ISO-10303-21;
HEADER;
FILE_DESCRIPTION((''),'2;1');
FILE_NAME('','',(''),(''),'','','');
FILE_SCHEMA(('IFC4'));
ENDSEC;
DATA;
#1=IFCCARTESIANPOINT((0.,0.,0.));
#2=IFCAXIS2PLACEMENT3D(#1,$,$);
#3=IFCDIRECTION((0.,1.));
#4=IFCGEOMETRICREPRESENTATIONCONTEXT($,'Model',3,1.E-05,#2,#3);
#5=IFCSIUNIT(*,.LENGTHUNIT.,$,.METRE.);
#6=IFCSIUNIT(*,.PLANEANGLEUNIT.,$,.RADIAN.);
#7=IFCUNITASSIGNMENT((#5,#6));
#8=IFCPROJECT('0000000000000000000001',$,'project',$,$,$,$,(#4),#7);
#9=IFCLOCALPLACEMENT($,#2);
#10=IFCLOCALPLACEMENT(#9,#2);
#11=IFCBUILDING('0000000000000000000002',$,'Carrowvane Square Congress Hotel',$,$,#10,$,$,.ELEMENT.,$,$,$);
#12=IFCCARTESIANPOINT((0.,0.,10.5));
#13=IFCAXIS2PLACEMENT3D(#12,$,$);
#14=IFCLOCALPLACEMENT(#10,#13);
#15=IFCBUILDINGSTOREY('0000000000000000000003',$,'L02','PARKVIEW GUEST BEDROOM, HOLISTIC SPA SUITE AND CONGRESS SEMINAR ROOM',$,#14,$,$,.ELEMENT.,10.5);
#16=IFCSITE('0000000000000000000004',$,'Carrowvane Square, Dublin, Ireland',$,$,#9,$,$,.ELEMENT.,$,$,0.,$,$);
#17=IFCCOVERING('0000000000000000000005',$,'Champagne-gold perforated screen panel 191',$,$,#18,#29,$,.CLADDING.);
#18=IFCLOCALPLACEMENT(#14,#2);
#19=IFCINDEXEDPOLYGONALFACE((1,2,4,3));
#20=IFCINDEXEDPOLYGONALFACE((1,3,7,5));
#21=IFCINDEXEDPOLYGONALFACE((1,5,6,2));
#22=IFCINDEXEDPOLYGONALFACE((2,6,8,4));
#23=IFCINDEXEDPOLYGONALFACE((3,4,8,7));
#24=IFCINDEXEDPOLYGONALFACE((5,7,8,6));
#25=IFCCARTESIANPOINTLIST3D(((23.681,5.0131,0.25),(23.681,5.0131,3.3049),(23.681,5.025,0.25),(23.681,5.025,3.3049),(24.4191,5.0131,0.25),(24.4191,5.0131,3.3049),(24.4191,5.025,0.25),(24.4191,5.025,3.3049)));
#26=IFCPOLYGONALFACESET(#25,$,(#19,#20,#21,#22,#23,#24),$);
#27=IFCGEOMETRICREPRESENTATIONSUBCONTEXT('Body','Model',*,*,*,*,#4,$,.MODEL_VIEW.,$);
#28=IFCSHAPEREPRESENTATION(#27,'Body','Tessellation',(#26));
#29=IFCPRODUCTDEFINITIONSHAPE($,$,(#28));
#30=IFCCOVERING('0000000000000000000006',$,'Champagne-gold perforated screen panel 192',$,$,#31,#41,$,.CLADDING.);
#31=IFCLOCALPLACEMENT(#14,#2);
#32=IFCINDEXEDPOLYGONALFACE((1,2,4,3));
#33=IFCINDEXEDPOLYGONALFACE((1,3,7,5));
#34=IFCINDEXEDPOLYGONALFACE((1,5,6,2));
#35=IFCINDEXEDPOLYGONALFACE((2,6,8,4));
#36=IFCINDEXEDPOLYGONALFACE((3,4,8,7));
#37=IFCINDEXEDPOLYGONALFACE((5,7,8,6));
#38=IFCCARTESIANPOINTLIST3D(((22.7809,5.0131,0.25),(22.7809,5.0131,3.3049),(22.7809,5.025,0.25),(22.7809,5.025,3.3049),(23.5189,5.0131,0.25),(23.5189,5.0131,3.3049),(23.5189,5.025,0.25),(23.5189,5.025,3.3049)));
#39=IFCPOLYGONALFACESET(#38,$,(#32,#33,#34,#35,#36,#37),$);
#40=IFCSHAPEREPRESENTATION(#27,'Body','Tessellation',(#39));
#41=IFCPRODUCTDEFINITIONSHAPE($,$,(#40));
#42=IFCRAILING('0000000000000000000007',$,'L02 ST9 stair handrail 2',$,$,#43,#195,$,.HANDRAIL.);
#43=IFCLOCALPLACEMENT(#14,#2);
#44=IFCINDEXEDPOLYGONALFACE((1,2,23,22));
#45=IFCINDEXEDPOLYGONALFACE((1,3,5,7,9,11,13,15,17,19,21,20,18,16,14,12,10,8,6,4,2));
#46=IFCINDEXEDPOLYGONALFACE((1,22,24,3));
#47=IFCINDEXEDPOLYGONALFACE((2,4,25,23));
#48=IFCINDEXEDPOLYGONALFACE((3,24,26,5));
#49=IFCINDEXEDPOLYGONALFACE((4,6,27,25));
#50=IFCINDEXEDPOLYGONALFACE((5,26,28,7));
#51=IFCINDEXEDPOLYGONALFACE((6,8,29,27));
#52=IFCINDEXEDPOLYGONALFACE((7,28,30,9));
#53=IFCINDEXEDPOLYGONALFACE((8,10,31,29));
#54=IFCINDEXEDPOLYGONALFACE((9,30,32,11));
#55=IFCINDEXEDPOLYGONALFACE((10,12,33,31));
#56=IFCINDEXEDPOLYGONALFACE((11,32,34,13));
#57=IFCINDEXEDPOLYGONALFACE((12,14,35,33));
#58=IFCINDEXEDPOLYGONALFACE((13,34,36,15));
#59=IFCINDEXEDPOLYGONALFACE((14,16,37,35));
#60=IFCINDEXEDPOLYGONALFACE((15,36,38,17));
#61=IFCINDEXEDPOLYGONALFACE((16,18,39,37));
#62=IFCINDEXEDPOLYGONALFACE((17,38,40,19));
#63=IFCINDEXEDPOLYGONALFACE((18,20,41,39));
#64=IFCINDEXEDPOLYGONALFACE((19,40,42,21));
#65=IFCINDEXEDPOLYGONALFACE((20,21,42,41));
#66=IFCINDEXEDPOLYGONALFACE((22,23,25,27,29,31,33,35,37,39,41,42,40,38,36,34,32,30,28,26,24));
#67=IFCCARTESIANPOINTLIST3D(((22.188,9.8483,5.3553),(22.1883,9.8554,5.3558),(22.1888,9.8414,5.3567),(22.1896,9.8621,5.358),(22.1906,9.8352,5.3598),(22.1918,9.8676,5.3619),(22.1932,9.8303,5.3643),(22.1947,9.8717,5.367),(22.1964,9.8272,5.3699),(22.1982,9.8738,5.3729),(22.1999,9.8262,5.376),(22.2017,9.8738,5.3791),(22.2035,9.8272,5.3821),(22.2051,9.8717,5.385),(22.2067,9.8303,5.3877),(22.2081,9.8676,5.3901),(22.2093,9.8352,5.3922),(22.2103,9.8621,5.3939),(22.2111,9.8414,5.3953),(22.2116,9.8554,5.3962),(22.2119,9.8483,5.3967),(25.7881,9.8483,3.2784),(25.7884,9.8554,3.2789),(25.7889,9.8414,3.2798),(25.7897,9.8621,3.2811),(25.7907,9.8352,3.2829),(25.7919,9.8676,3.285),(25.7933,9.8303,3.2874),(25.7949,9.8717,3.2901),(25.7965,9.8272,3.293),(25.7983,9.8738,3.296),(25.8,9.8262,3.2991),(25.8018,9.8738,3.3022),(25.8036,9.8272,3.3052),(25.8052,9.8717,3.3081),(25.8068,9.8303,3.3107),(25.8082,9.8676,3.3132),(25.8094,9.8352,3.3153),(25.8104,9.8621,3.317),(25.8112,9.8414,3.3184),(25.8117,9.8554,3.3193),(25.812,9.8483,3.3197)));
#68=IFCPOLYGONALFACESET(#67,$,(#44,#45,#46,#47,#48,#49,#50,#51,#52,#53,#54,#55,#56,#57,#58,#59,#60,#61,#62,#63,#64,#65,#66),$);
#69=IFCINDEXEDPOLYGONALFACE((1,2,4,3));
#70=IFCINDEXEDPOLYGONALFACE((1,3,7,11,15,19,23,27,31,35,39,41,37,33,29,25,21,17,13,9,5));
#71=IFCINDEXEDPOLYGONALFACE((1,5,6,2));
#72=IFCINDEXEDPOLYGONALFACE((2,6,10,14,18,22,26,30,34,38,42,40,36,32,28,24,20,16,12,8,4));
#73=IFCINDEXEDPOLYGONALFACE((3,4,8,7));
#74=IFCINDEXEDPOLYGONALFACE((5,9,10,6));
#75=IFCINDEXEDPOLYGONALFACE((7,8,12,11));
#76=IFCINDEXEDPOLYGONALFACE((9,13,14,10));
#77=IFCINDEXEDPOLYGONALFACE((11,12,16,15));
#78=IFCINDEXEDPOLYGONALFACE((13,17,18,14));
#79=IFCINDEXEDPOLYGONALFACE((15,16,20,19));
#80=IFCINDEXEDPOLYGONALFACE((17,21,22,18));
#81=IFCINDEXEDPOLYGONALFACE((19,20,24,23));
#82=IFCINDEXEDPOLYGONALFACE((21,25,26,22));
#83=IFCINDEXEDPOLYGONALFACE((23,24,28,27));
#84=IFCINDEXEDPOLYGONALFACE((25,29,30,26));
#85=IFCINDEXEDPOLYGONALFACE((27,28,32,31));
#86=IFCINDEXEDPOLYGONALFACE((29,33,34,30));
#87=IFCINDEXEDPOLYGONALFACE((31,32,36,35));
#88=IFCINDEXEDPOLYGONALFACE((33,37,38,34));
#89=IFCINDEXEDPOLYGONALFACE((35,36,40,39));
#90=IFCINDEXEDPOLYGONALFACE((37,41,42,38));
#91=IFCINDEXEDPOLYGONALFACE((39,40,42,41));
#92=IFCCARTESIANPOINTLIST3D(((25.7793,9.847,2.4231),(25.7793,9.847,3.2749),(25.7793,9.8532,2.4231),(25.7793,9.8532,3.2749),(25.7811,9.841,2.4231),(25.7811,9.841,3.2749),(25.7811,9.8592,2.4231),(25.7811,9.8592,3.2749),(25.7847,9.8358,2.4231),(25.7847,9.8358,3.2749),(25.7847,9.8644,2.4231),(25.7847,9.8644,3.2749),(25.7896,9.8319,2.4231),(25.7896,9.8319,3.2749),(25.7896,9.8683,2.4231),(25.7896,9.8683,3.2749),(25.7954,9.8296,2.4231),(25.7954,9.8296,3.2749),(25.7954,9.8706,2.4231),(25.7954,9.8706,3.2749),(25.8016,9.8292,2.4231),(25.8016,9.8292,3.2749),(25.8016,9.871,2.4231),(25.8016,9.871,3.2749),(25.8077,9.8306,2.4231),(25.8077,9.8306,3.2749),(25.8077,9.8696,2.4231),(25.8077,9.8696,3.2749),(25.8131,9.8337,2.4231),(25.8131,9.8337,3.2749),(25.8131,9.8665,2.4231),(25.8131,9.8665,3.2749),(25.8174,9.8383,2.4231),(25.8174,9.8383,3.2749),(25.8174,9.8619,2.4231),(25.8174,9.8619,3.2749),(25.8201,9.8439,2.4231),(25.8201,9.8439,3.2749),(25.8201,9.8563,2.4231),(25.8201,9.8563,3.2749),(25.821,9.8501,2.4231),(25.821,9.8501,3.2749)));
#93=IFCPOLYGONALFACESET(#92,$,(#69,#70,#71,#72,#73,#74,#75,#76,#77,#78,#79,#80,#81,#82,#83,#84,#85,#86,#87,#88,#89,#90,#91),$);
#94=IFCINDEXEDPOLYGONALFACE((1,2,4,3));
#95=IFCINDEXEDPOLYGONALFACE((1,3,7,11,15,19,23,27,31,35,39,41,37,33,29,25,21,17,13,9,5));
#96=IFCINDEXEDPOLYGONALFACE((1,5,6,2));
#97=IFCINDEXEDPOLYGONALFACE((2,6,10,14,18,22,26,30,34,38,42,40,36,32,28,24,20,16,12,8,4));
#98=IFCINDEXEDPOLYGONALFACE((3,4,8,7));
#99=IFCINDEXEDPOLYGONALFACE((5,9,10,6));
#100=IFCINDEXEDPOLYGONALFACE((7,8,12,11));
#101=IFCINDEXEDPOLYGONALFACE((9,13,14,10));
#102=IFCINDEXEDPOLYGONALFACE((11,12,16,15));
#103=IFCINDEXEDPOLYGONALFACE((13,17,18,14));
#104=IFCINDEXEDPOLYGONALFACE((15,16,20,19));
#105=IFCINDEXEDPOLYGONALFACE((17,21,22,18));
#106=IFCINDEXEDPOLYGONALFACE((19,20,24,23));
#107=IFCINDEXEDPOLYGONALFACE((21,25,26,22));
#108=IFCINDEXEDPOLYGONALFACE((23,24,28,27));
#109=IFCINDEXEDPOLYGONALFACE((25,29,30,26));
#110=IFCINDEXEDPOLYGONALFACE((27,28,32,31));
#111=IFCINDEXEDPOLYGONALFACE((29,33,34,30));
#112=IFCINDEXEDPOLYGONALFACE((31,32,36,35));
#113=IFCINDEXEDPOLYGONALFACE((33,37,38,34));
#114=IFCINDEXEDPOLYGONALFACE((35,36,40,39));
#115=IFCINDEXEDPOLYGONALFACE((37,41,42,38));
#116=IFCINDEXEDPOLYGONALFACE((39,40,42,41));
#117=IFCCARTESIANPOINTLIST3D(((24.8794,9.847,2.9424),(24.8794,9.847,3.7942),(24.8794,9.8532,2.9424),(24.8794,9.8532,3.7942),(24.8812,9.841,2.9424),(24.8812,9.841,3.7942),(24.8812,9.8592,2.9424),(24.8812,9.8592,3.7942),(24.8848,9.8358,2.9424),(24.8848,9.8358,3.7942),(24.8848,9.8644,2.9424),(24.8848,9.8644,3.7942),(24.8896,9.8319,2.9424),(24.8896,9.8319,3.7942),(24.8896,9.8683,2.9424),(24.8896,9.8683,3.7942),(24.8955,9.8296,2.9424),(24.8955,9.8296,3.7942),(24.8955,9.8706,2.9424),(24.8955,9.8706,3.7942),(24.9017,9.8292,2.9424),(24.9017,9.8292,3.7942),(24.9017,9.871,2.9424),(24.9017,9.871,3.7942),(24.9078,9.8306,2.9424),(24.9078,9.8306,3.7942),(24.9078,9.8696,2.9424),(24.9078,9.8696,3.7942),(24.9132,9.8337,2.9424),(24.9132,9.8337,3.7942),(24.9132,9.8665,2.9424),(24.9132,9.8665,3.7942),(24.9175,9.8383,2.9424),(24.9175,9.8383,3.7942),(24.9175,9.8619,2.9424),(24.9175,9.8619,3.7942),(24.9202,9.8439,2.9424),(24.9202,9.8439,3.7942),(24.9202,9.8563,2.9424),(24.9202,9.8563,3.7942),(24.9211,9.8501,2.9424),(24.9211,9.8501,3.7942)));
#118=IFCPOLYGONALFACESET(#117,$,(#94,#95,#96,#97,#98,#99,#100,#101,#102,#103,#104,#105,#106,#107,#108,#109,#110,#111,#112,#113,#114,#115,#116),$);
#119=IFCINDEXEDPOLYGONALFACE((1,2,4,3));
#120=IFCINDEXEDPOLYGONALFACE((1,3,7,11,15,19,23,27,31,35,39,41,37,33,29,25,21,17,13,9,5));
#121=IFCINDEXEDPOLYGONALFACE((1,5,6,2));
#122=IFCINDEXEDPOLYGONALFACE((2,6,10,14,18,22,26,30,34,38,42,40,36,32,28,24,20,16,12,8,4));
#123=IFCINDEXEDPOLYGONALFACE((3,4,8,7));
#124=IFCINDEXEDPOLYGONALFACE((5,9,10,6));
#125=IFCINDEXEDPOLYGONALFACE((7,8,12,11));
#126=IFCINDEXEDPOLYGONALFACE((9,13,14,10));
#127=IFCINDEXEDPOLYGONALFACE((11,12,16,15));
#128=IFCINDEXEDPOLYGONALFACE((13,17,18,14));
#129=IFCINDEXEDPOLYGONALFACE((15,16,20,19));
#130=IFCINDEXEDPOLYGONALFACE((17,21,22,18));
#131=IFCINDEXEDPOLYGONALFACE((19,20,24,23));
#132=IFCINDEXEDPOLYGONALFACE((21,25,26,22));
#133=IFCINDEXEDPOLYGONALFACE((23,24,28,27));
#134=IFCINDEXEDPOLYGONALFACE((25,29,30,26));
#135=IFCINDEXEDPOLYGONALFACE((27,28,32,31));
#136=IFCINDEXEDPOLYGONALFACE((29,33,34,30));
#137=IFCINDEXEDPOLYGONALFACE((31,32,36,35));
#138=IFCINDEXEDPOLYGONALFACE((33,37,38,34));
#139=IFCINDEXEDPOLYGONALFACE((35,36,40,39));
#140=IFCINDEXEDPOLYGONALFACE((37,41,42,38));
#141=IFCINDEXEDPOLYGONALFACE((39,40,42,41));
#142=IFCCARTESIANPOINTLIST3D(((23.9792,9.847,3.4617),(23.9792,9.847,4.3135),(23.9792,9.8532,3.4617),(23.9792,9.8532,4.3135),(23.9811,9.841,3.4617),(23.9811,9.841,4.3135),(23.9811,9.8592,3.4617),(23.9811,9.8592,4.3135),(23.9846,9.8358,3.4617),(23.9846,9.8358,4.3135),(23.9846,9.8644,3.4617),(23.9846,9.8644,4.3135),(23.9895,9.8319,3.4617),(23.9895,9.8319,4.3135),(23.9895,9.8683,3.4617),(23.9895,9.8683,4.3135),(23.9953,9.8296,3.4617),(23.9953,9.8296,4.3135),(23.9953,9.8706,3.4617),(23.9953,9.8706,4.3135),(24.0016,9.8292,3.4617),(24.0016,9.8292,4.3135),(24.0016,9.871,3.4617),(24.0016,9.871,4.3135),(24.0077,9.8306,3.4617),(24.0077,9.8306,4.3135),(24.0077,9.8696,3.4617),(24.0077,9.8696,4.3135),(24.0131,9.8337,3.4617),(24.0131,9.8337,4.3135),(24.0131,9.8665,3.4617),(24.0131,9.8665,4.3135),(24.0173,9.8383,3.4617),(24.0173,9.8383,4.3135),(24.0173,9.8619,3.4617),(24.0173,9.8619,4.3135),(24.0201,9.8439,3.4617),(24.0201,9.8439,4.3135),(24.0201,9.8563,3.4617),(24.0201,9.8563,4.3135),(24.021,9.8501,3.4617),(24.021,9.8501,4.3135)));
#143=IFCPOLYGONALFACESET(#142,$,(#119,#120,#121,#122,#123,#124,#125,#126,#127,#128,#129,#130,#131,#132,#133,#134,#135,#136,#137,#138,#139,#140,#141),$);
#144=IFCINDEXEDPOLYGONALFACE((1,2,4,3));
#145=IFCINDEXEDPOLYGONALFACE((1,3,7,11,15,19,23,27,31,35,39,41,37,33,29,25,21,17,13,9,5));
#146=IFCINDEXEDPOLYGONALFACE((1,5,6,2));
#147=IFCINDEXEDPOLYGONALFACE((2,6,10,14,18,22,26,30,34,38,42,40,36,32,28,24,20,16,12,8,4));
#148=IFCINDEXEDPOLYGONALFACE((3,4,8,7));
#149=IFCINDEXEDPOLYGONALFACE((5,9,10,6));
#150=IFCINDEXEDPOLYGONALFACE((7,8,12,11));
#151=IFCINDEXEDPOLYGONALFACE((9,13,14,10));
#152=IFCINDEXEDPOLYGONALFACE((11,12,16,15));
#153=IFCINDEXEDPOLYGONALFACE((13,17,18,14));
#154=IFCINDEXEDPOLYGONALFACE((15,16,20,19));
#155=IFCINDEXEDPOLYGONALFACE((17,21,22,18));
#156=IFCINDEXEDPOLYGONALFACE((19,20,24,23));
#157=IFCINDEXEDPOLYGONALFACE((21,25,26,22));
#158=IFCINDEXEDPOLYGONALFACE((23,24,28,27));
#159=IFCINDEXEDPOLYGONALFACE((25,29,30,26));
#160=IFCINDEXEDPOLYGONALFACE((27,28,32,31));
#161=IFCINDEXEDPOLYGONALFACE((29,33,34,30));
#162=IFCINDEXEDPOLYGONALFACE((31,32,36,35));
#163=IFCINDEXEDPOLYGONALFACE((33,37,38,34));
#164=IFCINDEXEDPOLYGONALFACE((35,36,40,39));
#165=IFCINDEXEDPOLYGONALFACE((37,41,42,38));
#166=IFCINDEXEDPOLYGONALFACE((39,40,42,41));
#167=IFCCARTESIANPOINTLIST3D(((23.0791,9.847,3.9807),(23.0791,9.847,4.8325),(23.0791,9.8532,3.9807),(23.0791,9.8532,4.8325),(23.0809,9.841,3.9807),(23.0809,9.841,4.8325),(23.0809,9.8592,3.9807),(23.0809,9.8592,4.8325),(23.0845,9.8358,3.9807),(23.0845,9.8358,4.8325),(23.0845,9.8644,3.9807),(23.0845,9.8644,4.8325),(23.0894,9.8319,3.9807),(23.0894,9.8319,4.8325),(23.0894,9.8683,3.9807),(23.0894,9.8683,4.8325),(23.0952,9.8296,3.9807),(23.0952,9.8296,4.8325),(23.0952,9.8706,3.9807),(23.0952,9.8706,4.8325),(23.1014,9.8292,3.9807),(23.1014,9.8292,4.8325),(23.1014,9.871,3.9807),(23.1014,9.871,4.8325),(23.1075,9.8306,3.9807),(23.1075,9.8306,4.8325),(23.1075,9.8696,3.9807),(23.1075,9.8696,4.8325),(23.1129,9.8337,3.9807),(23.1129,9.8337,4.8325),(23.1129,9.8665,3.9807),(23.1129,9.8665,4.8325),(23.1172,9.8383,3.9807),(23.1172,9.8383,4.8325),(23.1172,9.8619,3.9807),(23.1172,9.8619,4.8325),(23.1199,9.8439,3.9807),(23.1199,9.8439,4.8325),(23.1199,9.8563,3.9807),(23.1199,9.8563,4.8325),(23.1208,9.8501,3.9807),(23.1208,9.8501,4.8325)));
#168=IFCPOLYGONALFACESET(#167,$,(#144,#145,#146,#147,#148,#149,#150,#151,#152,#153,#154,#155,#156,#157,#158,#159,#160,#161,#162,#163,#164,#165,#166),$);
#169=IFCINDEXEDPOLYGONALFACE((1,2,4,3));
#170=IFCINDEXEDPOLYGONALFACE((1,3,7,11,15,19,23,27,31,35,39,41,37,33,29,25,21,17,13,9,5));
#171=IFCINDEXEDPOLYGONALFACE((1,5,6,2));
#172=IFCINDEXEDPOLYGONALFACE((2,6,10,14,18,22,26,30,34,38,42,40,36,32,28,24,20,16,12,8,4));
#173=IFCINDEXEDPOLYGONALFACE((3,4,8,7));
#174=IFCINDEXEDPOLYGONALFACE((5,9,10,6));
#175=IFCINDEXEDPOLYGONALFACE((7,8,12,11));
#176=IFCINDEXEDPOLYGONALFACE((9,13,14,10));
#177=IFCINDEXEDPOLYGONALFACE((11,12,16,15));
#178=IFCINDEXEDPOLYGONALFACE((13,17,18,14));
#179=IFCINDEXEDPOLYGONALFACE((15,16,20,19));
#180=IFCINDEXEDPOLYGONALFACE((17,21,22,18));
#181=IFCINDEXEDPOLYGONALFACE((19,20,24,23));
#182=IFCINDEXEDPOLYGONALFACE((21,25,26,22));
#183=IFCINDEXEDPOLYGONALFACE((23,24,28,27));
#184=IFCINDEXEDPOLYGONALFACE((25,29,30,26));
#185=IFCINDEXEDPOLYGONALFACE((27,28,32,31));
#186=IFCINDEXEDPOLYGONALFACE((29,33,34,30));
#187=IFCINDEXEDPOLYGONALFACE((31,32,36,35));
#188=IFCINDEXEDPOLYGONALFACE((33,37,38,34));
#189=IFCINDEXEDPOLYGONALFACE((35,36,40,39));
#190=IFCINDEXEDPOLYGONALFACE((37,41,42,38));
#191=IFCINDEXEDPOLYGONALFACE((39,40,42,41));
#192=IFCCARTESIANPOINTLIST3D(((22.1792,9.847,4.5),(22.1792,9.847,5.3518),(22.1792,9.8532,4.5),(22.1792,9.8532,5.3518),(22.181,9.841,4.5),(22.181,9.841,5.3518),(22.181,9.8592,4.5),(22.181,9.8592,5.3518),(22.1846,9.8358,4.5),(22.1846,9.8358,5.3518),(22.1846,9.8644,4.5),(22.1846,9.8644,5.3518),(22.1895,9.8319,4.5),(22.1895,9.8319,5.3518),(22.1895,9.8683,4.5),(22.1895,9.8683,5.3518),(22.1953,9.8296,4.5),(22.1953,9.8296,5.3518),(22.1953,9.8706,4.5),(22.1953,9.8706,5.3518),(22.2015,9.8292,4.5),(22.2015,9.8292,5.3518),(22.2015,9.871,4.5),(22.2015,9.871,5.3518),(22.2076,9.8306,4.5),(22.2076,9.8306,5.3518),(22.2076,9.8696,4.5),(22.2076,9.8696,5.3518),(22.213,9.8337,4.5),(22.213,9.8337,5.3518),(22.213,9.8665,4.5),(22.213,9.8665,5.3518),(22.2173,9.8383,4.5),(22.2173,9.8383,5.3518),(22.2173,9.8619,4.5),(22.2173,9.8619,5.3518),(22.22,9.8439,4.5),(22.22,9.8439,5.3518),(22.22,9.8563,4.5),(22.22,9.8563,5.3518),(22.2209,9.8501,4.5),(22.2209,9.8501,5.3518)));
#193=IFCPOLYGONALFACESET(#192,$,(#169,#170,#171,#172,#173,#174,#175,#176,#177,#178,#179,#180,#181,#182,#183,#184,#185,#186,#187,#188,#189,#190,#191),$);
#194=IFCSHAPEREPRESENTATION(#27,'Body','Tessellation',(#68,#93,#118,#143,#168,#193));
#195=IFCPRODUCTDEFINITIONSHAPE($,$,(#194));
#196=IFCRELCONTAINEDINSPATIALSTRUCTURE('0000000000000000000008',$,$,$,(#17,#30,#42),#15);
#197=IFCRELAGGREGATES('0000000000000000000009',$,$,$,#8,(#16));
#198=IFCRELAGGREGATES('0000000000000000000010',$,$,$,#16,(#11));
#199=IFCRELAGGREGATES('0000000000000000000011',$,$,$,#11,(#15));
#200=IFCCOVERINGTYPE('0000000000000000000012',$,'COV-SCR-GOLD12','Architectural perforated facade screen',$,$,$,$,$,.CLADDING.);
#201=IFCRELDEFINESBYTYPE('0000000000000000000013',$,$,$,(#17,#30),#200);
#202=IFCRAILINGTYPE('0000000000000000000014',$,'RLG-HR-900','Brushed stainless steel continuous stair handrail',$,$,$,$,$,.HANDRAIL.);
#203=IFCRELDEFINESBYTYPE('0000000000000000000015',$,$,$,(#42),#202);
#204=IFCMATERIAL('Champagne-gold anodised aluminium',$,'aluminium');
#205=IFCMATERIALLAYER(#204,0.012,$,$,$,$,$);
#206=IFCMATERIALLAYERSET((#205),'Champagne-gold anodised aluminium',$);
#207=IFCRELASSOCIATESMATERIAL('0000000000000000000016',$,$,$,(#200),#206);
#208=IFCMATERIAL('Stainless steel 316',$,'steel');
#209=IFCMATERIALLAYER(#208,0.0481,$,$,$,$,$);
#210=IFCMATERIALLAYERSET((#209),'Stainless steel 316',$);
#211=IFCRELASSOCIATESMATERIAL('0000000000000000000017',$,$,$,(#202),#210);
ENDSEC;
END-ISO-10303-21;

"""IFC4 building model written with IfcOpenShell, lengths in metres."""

from ifc_helpers import new_model, si_unit, direction, frame, origin, origin_2d, place, context, subcontext, project, spatial, rectangle, circle, extrude, material, layer, layer_set, type_object, element, save


model = new_model("IFC4")

# Units and contexts
model_context = context("Model", 3, precision=1e-05, world=origin(), true_north=direction((0.0, 1.0)))
body_context = subcontext(model_context, "Body", "Model", "MODEL_VIEW")
ifc_project = project(units=[si_unit("LENGTHUNIT", "METRE"), si_unit("PLANEANGLEUNIT", "RADIAN")], contexts=[model_context])

# Site, building, storey
site_placement = place(None, origin())
site = spatial("IfcSite", under=ifc_project, at=site_placement, Name="Carrowvane Square, Dublin, Ireland", CompositionType="ELEMENT", RefElevation=0.0)
building_placement = place(site_placement, origin())
building = spatial("IfcBuilding", under=site, at=building_placement, Name="Carrowvane Square Congress Hotel", CompositionType="ELEMENT")
storey_placement = place(building_placement, frame((0.0, 0.0, 10.5)))
storey = spatial("IfcBuildingStorey", under=building, at=storey_placement, Name="L02", Description="PARKVIEW GUEST BEDROOM, HOLISTIC SPA SUITE AND CONGRESS SEMINAR ROOM", CompositionType="ELEMENT", Elevation=10.5)

# Coverings
ifc_material_1 = material(Name="Champagne-gold anodised aluminium", Category="aluminium")
ifc_layer_1 = layer(ifc_material_1, 0.012)
ifc_layer_set_1 = layer_set([ifc_layer_1], Name="Champagne-gold anodised aluminium")
covering_type = type_object("IfcCoveringType", Name="COV-SCR-GOLD12", Description="Architectural perforated facade screen", PredefinedType="CLADDING", material=ifc_layer_set_1)
for number, where, z_axis, x_axis, name in (
    (1, (24.05, 5.019, 0.25), (0.0, 0.0, 1.0), (-1.0, 0.0, 0.0), "Champagne-gold perforated screen panel 191"),
    (2, (23.1499, 5.019, 0.25), (0.0, 0.0, 1.0), (-1.0, 0.0, 0.0), "Champagne-gold perforated screen panel 192"),
):
    element("IfcCovering", number, at=place(storey_placement, frame(where, z_axis=z_axis, x_axis=x_axis)), inside=storey, type_object=covering_type, Name=name, PredefinedType="CLADDING", context=body_context, shape_type="SweptSolid", body=[
        extrude(rectangle(XDim=0.738, YDim=0.012, at=origin_2d()), origin(), (0.0, 0.0, 1.0), 3.0549),
    ])

# Railing
ifc_material_2 = material(Name="Stainless steel 316", Category="steel")
ifc_layer_2 = layer(ifc_material_2, 0.0481)
ifc_layer_set_2 = layer_set([ifc_layer_2], Name="Stainless steel 316")
railing_type_1 = type_object("IfcRailingType", Name="RLG-HR-900", Description="Brushed stainless steel continuous stair handrail", PredefinedType="HANDRAIL", material=ifc_layer_set_2)
railing_1_placement = place(storey_placement, frame((25.8, 9.8501, 2.4231)))
element("IfcRailing", 3, at=railing_1_placement, inside=storey, type_object=railing_type_1, Name="L02 ST9 stair handrail 2", PredefinedType="HANDRAIL", context=body_context, shape_type="SweptSolid", body=[
    extrude(circle(Radius=0.0239, at=origin_2d()), frame((0.0, 0.0, 0.876), z_axis=(-0.866193, 0.0, 0.499709), x_axis=(0.0, -1.0, 0.0)), (0.0, 0.0, 1.0), 4.1562),
    extrude(circle(Radius=0.021, at=origin_2d()), origin(), (0.0, 0.0, 1.0), 0.8518),
    extrude(circle(Radius=0.021, at=origin_2d()), frame((-0.8999, 0.0, 0.5193)), (0.0, 0.0, 1.0), 0.8518),
    extrude(circle(Radius=0.021, at=origin_2d()), frame((-1.8, 0.0, 1.0386)), (0.0, 0.0, 1.0), 0.8518),
    extrude(circle(Radius=0.021, at=origin_2d()), frame((-2.7002, 0.0, 1.5576)), (0.0, 0.0, 1.0), 0.8518),
    extrude(circle(Radius=0.021, at=origin_2d()), frame((-3.6001, 0.0, 2.0769)), (0.0, 0.0, 1.0), 0.8518),
])

save(model, "model.ifc")
